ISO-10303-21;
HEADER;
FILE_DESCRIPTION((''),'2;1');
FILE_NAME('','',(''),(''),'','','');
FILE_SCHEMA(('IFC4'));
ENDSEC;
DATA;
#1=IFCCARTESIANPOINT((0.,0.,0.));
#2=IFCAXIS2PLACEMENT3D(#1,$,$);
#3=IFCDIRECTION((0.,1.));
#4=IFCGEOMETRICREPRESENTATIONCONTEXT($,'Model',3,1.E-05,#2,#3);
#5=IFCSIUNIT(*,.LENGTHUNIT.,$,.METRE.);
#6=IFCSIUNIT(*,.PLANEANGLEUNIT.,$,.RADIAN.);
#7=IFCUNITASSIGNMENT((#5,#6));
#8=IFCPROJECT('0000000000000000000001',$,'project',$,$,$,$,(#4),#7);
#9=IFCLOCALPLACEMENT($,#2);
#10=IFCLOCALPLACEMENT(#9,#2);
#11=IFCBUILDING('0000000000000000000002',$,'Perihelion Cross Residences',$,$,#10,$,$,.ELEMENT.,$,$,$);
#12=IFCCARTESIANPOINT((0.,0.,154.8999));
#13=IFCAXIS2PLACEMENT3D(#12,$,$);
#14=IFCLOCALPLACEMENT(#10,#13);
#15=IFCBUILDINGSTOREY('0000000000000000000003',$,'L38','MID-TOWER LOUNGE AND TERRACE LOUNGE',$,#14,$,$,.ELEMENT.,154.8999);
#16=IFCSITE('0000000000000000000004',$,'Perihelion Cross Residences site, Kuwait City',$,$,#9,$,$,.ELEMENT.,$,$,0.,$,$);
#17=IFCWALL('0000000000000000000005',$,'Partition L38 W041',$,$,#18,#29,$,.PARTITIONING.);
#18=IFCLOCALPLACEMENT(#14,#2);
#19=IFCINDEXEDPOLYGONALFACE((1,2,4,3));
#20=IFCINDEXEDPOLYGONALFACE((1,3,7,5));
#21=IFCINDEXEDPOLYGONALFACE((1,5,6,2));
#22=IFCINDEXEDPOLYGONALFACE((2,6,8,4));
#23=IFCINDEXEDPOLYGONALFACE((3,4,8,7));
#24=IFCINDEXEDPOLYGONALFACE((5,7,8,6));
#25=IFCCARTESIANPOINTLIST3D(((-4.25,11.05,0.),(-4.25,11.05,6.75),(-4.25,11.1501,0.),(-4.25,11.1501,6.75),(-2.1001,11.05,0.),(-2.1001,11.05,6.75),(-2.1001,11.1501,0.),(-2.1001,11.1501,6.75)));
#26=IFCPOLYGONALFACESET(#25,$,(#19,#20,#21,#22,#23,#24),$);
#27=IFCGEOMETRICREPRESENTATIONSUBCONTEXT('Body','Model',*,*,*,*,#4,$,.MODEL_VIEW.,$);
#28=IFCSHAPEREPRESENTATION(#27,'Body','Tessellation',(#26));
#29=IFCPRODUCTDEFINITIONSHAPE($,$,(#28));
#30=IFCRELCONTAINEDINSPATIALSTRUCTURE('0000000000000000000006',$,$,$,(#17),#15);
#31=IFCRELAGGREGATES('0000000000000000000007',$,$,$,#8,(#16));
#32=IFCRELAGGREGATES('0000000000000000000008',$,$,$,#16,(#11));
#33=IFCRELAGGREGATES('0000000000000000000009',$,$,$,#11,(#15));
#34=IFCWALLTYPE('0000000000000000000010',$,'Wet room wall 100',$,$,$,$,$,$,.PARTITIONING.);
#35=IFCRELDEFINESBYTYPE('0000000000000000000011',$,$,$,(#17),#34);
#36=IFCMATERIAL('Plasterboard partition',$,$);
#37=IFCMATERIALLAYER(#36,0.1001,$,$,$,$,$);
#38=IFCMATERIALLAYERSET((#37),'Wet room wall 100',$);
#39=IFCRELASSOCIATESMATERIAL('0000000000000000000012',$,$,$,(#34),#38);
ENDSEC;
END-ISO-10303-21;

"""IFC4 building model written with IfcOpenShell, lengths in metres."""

from ifc_helpers import new_model, si_unit, direction, frame, frame_2d, origin, place, context, subcontext, project, spatial, rectangle, extrude, material, layer, layer_set, type_object, element, save


model = new_model("IFC4")

# Units and contexts
model_context = context("Model", 3, precision=1e-05, world=origin(), true_north=direction((0.0, 1.0)))
body_context = subcontext(model_context, "Body", "Model", "MODEL_VIEW")
ifc_project = project(units=[si_unit("LENGTHUNIT", "METRE"), si_unit("PLANEANGLEUNIT", "RADIAN")], contexts=[model_context])

# Site, building, storey
site_placement = place(None, origin())
site = spatial("IfcSite", under=ifc_project, at=site_placement, Name="Perihelion Cross Residences site, Kuwait City", CompositionType="ELEMENT", RefElevation=0.0)
building_placement = place(site_placement, origin())
building = spatial("IfcBuilding", under=site, at=building_placement, Name="Perihelion Cross Residences", CompositionType="ELEMENT")
storey_placement = place(building_placement, frame((0.0, 0.0, 154.8999)))
storey = spatial("IfcBuildingStorey", under=building, at=storey_placement, Name="L38", Description="MID-TOWER LOUNGE AND TERRACE LOUNGE", CompositionType="ELEMENT", Elevation=154.8999)

# Shared definitions
ifc_material_1 = material(Name="Plasterboard partition")
ifc_layer_1 = layer(ifc_material_1, 0.1001)
ifc_layer_set_1 = layer_set([ifc_layer_1], Name="Wet room wall 100")
wall_type_1 = type_object("IfcWallType", Name="Wet room wall 100", PredefinedType="PARTITIONING", material=ifc_layer_set_1)

# Wall
wall_1_placement = place(storey_placement, frame((-4.25, 11.1001, 0.0), z_axis=(0.0, 0.0, 1.0), x_axis=(1.0, 0.0, 0.0)))
element("IfcWall", 1, at=wall_1_placement, inside=storey, type_object=wall_type_1, Name="Partition L38 W041", PredefinedType="PARTITIONING", context=body_context, shape_type="SweptSolid", body=[
    extrude(rectangle(XDim=2.1499, YDim=0.1001, at=frame_2d((1.075, 0.0))), origin(), (0.0, 0.0, 1.0), 6.75),
])

save(model, "model.ifc")
